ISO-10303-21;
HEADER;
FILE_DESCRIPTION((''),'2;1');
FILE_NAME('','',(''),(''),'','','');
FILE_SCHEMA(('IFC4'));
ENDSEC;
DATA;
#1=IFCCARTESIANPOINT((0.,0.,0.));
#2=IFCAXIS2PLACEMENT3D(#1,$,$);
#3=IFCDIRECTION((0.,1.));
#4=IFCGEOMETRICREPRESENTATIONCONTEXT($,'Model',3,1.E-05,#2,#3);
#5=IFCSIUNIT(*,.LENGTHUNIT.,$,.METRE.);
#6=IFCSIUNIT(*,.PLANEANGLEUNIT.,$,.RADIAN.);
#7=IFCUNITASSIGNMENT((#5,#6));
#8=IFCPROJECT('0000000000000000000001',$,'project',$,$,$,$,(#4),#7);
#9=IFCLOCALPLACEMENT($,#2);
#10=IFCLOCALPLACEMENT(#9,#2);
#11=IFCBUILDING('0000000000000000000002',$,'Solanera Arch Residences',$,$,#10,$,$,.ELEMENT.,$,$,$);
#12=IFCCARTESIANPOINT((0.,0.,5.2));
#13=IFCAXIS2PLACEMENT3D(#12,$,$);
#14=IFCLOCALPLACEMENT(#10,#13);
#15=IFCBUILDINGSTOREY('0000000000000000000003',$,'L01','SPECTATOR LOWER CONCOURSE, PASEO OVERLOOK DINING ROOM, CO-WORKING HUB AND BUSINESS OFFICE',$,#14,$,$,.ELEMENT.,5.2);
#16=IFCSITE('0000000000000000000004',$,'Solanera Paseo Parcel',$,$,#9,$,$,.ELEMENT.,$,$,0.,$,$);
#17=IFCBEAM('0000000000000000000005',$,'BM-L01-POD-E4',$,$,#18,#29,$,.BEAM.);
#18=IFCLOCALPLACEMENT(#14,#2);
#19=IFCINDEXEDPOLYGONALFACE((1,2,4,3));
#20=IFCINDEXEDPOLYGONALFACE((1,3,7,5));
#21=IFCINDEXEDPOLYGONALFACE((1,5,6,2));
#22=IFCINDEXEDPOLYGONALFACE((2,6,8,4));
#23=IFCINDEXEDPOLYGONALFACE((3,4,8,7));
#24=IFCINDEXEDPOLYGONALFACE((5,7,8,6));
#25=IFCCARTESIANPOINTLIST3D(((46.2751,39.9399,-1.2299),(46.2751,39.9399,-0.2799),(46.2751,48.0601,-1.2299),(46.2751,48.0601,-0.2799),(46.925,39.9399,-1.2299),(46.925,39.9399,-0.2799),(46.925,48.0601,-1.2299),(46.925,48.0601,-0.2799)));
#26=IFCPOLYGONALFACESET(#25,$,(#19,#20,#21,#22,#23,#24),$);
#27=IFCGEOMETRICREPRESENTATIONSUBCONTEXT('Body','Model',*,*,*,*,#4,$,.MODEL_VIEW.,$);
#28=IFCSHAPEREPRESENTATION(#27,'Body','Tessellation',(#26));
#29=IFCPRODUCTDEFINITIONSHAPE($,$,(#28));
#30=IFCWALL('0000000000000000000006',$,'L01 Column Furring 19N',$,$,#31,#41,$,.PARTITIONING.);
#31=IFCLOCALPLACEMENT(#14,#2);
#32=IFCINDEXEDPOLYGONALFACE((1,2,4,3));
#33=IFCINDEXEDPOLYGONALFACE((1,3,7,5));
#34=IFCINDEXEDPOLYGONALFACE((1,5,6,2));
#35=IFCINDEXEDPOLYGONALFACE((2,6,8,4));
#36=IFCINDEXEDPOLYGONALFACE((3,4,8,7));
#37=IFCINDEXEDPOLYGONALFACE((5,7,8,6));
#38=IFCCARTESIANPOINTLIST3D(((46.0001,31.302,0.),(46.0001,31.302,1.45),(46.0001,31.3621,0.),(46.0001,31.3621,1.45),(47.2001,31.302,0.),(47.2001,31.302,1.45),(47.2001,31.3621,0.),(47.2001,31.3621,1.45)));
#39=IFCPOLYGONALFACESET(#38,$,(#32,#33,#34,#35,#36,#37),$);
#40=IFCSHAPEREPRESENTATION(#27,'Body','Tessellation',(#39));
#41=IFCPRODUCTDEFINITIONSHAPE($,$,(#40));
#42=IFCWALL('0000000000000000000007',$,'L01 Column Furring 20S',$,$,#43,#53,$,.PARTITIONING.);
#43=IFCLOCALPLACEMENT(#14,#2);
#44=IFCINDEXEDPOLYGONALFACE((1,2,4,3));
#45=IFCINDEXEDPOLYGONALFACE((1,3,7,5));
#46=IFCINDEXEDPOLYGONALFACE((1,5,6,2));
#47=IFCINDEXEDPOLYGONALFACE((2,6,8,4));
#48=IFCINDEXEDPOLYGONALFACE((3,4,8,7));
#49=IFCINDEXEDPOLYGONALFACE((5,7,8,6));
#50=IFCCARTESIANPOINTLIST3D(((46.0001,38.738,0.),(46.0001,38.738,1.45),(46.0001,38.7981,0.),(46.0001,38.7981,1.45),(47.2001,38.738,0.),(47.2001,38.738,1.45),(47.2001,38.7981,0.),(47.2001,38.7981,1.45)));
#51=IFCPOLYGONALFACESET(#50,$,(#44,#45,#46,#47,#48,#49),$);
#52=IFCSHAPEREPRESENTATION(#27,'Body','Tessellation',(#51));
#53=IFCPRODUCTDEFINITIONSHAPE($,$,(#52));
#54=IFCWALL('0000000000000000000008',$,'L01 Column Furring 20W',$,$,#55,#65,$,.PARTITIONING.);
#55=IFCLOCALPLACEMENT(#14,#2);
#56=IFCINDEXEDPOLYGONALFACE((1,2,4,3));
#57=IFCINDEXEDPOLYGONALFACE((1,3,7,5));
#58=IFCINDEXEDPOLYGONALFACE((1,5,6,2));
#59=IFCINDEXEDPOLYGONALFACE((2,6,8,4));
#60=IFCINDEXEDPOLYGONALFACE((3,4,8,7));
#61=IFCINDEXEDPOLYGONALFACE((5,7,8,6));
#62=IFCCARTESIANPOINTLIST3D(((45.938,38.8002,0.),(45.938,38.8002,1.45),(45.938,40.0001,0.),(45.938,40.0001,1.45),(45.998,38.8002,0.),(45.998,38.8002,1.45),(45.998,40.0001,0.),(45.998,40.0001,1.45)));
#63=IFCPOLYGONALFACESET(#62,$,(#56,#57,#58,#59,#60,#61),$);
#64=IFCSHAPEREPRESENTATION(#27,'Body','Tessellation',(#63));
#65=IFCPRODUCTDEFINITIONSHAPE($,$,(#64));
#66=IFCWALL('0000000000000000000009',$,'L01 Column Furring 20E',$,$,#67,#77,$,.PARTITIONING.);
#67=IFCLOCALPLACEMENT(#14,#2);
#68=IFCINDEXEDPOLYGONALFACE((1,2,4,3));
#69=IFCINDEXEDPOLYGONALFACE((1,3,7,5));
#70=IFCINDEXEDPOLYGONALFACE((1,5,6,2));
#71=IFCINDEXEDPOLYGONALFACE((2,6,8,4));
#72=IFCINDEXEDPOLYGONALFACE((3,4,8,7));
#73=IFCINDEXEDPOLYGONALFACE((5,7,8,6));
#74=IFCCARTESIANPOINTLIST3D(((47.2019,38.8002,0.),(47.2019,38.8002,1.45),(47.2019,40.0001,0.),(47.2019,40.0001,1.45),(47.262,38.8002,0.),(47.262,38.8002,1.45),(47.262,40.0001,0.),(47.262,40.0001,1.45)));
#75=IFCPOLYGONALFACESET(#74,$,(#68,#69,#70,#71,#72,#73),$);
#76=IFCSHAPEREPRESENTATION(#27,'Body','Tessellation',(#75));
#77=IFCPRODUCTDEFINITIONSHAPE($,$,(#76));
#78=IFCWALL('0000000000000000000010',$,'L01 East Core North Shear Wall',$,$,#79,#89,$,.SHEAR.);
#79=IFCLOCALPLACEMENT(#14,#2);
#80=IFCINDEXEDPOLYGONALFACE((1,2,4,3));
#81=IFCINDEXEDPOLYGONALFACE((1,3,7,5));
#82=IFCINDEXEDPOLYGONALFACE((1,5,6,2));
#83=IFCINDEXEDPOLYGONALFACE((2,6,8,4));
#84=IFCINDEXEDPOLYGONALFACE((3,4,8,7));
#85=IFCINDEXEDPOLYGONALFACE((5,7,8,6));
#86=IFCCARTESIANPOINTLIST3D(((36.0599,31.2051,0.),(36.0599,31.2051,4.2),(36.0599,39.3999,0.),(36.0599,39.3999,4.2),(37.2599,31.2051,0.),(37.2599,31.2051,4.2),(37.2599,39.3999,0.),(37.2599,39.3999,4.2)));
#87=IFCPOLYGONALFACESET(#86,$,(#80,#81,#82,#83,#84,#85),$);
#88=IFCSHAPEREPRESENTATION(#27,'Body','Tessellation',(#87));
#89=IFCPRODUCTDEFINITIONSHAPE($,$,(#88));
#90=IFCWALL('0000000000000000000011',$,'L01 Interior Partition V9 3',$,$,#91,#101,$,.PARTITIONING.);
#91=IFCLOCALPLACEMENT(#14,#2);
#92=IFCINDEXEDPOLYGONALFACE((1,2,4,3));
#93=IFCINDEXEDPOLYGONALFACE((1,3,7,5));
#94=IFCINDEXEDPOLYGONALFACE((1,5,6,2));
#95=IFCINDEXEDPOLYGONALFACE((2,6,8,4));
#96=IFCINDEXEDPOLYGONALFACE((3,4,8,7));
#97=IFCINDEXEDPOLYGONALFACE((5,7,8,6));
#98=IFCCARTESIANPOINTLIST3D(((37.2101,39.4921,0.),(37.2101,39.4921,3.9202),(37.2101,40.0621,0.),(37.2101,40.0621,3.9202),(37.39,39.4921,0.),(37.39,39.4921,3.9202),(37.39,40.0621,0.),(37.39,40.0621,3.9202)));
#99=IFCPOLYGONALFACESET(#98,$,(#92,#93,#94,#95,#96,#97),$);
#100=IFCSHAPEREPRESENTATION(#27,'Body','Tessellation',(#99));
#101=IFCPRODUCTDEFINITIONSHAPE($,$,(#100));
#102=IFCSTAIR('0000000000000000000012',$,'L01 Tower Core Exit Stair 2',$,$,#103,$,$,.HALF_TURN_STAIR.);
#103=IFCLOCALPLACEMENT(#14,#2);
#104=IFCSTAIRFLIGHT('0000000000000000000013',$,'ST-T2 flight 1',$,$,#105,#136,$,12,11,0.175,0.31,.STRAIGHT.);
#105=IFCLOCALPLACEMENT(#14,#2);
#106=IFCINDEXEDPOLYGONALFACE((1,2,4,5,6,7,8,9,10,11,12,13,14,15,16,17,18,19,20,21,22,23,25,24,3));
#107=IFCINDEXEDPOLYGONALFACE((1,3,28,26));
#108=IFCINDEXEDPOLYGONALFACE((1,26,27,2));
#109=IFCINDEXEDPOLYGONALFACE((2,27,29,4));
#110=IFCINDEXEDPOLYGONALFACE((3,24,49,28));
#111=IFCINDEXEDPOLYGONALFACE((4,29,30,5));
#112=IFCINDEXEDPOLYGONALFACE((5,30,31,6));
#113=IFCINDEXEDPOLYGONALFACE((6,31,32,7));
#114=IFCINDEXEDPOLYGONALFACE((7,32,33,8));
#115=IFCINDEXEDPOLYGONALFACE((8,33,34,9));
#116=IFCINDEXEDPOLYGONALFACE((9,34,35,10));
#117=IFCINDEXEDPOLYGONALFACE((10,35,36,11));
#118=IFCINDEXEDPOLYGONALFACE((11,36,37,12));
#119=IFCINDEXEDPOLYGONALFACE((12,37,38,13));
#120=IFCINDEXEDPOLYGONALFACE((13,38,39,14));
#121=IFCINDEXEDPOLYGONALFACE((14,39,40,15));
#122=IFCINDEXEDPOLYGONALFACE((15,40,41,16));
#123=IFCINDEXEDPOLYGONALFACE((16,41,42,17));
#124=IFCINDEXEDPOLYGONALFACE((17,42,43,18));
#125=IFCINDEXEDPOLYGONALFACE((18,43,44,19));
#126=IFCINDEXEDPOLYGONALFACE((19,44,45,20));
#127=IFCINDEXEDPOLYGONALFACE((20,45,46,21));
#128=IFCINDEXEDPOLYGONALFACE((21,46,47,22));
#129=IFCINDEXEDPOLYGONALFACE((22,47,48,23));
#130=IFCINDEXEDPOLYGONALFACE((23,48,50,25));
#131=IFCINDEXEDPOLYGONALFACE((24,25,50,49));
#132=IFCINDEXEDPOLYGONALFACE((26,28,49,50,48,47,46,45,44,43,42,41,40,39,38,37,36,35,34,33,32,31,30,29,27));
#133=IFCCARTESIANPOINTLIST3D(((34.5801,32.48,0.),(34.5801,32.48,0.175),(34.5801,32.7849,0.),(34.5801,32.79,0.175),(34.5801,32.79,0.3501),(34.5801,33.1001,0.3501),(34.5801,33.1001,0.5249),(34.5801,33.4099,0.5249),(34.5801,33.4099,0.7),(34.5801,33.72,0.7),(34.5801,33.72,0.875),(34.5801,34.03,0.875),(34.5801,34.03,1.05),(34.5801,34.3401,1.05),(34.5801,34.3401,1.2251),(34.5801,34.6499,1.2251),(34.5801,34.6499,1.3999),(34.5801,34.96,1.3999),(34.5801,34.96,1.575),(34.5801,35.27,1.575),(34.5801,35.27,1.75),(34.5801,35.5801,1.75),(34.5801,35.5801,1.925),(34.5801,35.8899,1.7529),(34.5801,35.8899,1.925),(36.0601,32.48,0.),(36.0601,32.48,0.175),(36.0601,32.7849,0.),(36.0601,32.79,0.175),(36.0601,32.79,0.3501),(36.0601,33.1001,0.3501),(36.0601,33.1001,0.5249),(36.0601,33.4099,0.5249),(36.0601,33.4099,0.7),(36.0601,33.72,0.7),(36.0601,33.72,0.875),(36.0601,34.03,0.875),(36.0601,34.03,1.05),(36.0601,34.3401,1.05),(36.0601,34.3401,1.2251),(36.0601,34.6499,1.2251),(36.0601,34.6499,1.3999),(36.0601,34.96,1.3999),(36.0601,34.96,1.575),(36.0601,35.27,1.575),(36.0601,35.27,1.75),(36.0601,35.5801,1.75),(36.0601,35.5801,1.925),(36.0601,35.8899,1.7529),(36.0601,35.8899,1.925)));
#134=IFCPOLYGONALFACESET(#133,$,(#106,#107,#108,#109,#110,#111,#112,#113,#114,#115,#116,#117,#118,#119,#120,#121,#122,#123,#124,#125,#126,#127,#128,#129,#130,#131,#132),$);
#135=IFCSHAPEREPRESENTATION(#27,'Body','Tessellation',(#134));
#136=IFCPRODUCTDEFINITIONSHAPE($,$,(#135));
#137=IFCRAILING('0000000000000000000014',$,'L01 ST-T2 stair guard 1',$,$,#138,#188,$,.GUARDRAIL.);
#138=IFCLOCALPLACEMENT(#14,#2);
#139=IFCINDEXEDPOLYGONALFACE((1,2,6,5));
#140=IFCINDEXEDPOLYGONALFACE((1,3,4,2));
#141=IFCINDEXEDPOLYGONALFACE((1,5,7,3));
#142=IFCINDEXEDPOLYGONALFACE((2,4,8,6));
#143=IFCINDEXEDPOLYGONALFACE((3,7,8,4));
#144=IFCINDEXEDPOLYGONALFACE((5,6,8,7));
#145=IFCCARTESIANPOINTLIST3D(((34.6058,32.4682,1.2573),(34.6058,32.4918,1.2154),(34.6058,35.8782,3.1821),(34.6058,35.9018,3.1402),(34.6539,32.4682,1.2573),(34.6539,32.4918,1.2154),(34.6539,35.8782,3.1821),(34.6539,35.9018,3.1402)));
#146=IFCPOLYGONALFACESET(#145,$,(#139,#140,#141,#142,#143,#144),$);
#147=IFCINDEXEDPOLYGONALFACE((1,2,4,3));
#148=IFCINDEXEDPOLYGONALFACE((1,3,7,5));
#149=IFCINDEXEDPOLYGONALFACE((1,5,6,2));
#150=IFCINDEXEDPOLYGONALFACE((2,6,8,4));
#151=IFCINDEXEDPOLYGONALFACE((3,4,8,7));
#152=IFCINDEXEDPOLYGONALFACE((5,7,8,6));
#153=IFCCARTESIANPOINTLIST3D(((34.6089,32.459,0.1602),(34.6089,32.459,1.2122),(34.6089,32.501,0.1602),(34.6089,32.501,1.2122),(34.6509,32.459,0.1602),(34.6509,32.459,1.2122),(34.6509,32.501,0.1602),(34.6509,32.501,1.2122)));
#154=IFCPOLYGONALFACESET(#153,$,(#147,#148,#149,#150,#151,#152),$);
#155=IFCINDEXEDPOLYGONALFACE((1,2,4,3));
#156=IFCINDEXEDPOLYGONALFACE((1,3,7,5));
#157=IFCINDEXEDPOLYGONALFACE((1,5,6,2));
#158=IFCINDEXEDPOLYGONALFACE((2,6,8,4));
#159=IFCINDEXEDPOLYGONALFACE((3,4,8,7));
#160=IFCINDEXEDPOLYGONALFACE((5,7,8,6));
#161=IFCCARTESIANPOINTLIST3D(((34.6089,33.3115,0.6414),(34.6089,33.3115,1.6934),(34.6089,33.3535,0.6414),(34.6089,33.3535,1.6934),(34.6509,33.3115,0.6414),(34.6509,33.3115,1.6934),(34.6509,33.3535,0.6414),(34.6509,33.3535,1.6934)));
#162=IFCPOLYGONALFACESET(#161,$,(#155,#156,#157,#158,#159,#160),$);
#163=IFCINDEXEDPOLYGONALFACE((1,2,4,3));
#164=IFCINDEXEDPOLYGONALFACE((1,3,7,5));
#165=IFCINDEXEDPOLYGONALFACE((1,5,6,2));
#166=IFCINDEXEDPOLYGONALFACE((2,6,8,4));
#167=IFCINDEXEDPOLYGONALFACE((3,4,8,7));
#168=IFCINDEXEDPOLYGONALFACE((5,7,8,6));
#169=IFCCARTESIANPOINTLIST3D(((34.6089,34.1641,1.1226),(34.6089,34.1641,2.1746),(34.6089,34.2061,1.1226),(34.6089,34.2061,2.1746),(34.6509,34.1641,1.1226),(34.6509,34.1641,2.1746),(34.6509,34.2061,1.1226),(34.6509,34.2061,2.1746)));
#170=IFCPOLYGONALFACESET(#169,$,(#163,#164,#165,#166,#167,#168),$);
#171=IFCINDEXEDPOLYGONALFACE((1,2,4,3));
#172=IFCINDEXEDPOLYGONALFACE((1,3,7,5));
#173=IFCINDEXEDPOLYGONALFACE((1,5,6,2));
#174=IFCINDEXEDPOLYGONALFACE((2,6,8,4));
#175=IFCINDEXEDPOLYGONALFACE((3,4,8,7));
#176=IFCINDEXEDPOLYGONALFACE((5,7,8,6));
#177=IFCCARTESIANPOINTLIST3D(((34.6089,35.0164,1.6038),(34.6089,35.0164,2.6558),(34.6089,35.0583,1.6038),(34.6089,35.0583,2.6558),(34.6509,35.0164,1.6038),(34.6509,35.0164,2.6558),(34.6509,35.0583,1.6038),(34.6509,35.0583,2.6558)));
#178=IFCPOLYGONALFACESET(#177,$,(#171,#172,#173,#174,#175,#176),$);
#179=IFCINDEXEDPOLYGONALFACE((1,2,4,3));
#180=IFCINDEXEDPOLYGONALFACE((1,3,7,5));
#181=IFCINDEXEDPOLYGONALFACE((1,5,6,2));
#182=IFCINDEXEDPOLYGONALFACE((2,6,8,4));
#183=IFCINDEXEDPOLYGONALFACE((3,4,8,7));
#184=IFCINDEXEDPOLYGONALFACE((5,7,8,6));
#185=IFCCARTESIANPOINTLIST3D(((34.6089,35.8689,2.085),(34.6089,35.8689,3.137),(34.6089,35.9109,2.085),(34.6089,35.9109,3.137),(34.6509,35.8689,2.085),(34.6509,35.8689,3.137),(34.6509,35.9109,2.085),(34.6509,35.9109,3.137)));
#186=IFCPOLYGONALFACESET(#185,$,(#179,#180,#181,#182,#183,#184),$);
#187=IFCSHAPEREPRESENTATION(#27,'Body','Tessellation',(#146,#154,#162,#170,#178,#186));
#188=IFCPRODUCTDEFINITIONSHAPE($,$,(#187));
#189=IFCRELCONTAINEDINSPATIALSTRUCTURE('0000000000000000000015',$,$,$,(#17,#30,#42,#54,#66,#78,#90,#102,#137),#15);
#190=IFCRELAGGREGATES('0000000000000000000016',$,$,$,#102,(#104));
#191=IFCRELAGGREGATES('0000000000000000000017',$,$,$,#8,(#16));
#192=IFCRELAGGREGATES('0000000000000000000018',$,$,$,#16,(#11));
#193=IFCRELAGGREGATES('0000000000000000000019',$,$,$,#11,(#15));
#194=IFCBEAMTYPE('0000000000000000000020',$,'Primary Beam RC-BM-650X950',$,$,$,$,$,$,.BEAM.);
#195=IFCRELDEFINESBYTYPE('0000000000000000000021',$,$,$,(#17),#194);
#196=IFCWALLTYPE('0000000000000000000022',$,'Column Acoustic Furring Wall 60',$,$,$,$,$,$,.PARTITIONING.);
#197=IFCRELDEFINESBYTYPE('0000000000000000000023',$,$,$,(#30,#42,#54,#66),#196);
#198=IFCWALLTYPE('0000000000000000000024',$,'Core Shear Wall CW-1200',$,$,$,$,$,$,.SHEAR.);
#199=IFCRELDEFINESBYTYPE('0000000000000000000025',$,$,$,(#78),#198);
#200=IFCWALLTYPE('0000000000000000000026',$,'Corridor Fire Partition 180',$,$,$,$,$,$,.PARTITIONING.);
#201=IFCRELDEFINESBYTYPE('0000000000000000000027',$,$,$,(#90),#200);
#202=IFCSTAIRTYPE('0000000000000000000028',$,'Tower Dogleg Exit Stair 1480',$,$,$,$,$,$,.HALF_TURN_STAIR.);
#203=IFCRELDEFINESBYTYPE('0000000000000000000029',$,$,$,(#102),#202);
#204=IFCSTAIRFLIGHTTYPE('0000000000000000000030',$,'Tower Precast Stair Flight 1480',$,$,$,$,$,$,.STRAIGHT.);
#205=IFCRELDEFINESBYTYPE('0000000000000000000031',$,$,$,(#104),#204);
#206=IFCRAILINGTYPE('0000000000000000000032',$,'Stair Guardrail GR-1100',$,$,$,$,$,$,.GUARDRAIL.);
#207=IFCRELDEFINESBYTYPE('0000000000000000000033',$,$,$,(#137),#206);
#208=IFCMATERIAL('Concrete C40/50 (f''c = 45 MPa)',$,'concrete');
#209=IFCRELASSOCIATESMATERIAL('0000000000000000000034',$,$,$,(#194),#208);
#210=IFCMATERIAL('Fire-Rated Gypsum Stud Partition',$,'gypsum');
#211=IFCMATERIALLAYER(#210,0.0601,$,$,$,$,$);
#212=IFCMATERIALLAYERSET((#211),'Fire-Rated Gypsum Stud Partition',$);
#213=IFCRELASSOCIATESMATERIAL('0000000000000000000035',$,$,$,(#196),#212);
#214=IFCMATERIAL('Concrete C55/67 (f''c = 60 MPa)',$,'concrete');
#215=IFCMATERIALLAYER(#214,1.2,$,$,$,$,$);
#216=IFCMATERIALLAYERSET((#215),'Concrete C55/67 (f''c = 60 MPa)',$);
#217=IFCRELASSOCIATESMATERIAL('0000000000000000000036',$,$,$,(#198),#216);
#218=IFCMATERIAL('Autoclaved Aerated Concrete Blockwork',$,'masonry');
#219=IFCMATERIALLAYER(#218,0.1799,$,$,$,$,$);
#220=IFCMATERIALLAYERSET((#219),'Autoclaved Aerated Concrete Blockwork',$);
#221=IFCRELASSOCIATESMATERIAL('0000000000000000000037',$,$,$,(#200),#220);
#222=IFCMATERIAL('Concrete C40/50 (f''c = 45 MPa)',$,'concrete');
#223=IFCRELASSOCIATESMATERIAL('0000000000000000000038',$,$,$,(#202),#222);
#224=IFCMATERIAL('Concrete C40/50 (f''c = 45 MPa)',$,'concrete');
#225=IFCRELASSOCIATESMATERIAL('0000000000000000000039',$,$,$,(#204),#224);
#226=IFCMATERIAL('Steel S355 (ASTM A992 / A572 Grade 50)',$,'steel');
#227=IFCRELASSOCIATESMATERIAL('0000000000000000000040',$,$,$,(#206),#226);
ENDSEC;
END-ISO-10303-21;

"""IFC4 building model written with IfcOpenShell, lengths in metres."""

from ifc_helpers import new_model, si_unit, direction, frame, frame_2d, origin, origin_2d, place, context, subcontext, project, spatial, polyline, rectangle, outline, extrude, material, layer, layer_set, material_profile, profile_set, type_object, element, aggregate, save


model = new_model("IFC4")

# Units and contexts
model_context = context("Model", 3, precision=1e-05, world=origin(), true_north=direction((0.0, 1.0)))
body_context = subcontext(model_context, "Body", "Model", "MODEL_VIEW")
ifc_project = project(units=[si_unit("LENGTHUNIT", "METRE"), si_unit("PLANEANGLEUNIT", "RADIAN")], contexts=[model_context])

# Site, building, storey
site_placement = place(None, origin())
site = spatial("IfcSite", under=ifc_project, at=site_placement, Name="Solanera Paseo Parcel", CompositionType="ELEMENT", RefElevation=0.0)
building_placement = place(site_placement, origin())
building = spatial("IfcBuilding", under=site, at=building_placement, Name="Solanera Arch Residences", CompositionType="ELEMENT")
storey_placement = place(building_placement, frame((0.0, 0.0, 5.2)))
storey = spatial("IfcBuildingStorey", under=building, at=storey_placement, Name="L01", Description="SPECTATOR LOWER CONCOURSE, PASEO OVERLOOK DINING ROOM, CO-WORKING HUB AND BUSINESS OFFICE", CompositionType="ELEMENT", Elevation=5.2)

# Beam
ifc_material_1 = material(Name="Concrete C40/50 (f'c = 45 MPa)", Category="concrete")
ifc_material_profile_1 = material_profile(ifc_material_1, rectangle(XDim=0.6499, YDim=0.95, at=origin_2d()))
ifc_profile_set_1 = profile_set([ifc_material_profile_1], Name="Concrete C40/50 (f'c = 45 MPa)")
beam_type_1 = type_object("IfcBeamType", Name="Primary Beam RC-BM-650X950", PredefinedType="BEAM", material=ifc_profile_set_1)
beam_1_placement = place(storey_placement, frame((46.6001, 39.9399, -0.7549), z_axis=(0.0, 1.0, 0.0), x_axis=(-1.0, 0.0, 0.0)))
element("IfcBeam", 1, at=beam_1_placement, inside=storey, type_object=beam_type_1, Name="BM-L01-POD-E4", PredefinedType="BEAM", context=body_context, shape_type="SweptSolid", body=[
    extrude(rectangle(XDim=0.6499, YDim=0.95, at=origin_2d()), origin(), (0.0, 0.0, 1.0), 8.1201),
])

# Walls
ifc_material_2 = material(Name="Fire-Rated Gypsum Stud Partition", Category="gypsum")
ifc_layer_1 = layer(ifc_material_2, 0.0601)
ifc_layer_set_1 = layer_set([ifc_layer_1], Name="Fire-Rated Gypsum Stud Partition")
wall_type_1 = type_object("IfcWallType", Name="Column Acoustic Furring Wall 60", PredefinedType="PARTITIONING", material=ifc_layer_set_1)
for number, where, z_axis, x_axis, name in (
    (2, (46.0, 31.332, 0.0), (0.0, 0.0, 1.0), (1.0, 0.0, 0.0), "L01 Column Furring 19N"),
    (3, (46.0, 38.7681, 0.0), (0.0, 0.0, 1.0), (1.0, 0.0, 0.0), "L01 Column Furring 20S"),
    (4, (45.968, 38.8, 0.0), (0.0, 0.0, 1.0), (0.0, 1.0, 0.0), "L01 Column Furring 20W"),
    (5, (47.2319, 38.8, 0.0), (0.0, 0.0, 1.0), (0.0, 1.0, 0.0), "L01 Column Furring 20E"),
):
    element("IfcWall", number, at=place(storey_placement, frame(where, z_axis=z_axis, x_axis=x_axis)), inside=storey, type_object=wall_type_1, Name=name, PredefinedType="PARTITIONING", context=body_context, shape_type="SweptSolid", body=[
        extrude(rectangle(XDim=1.2, YDim=0.0601, at=frame_2d((0.6001, 0.0))), origin(), (0.0, 0.0, 1.0), 1.45),
    ])
ifc_material_3 = material(Name="Concrete C55/67 (f'c = 60 MPa)", Category="concrete")
ifc_layer_2 = layer(ifc_material_3, 1.2)
ifc_layer_set_2 = layer_set([ifc_layer_2], Name="Concrete C55/67 (f'c = 60 MPa)")
wall_type_2 = type_object("IfcWallType", Name="Core Shear Wall CW-1200", PredefinedType="SHEAR", material=ifc_layer_set_2)
wall_1_placement = place(storey_placement, frame((36.6599, 31.2051, 0.0), z_axis=(0.0, 0.0, 1.0), x_axis=(0.0, 1.0, 0.0)))
element("IfcWall", 6, at=wall_1_placement, inside=storey, type_object=wall_type_2, Name="L01 East Core North Shear Wall", PredefinedType="SHEAR", context=body_context, shape_type="SweptSolid", body=[
    extrude(rectangle(XDim=8.1948, YDim=1.2, at=frame_2d((4.0974, 0.0))), origin(), (0.0, 0.0, 1.0), 4.2),
])
ifc_material_4 = material(Name="Autoclaved Aerated Concrete Blockwork", Category="masonry")
ifc_layer_3 = layer(ifc_material_4, 0.1799)
ifc_layer_set_3 = layer_set([ifc_layer_3], Name="Autoclaved Aerated Concrete Blockwork")
wall_type_3 = type_object("IfcWallType", Name="Corridor Fire Partition 180", PredefinedType="PARTITIONING", material=ifc_layer_set_3)
wall_2_placement = place(storey_placement, frame((37.3, 39.4919, 0.0), z_axis=(0.0, 0.0, 1.0), x_axis=(0.0, 1.0, 0.0)))
element("IfcWall", 7, at=wall_2_placement, inside=storey, type_object=wall_type_3, Name="L01 Interior Partition V9 3", PredefinedType="PARTITIONING", context=body_context, shape_type="SweptSolid", body=[
    extrude(rectangle(XDim=0.5701, YDim=0.1799, at=frame_2d((0.2852, 0.0))), origin(), (0.0, 0.0, 1.0), 3.9202),
])

# Stair, stair flight
ifc_material_5 = material(Name="Concrete C40/50 (f'c = 45 MPa)", Category="concrete")
stair_type = type_object("IfcStairType", Name="Tower Dogleg Exit Stair 1480", PredefinedType="HALF_TURN_STAIR", material=ifc_material_5)
stair_placement = place(storey_placement, origin())
stair = element("IfcStair", 8, at=stair_placement, inside=storey, type_object=stair_type, Name="L01 Tower Core Exit Stair 2", PredefinedType="HALF_TURN_STAIR")
ifc_material_6 = material(Name="Concrete C40/50 (f'c = 45 MPa)", Category="concrete")
stair_flight_type = type_object("IfcStairFlightType", Name="Tower Precast Stair Flight 1480", PredefinedType="STRAIGHT", material=ifc_material_6)
stair_flight_placement = place(storey_placement, frame((35.3201, 32.48, 0.0), z_axis=(0.0, 0.0, 1.0), x_axis=(0.0, 1.0, 0.0)))
stair_flight = element("IfcStairFlight", 9, at=stair_flight_placement, type_object=stair_flight_type, Name="ST-T2 flight 1", NumberOfRisers=12, NumberOfTreads=11, PredefinedType="STRAIGHT", RiserHeight=0.175, TreadLength=0.31, context=body_context, shape_type="SweptSolid", body=[
    extrude(outline(polyline([(0.0, 0.0), (0.0, 0.175), (0.3101, 0.175), (0.3101, 0.3501), (0.6201, 0.3501), (0.6201, 0.5249), (0.9299, 0.5249), (0.9299, 0.7), (1.24, 0.7), (1.24, 0.875), (1.55, 0.875), (1.55, 1.05), (1.8601, 1.05), (1.8601, 1.2251), (2.1699, 1.2251), (2.1699, 1.3999), (2.48, 1.3999), (2.48, 1.575), (2.79, 1.575), (2.79, 1.75), (3.1001, 1.75), (3.1001, 1.925), (3.4099, 1.925), (3.4099, 2.1001), (3.4099, 1.7529), (0.3049, 0.0), (0.0, 0.0)])), frame((0.0, 0.74, 0.0), z_axis=(0.0, -1.0, 0.0), x_axis=(1.0, 0.0, 0.0)), (0.0, 0.0, 1.0), 1.48),
])
aggregate(stair, [stair_flight])

# Railing
ifc_material_7 = material(Name="Steel S355 (ASTM A992 / A572 Grade 50)", Category="steel")
railing_type_1 = type_object("IfcRailingType", Name="Stair Guardrail GR-1100", PredefinedType="GUARDRAIL", material=ifc_material_7)
railing_1_placement = place(storey_placement, frame((34.6299, 32.48, 0.1602)))
element("IfcRailing", 10, at=railing_1_placement, inside=storey, type_object=railing_type_1, Name="L01 ST-T2 stair guard 1", PredefinedType="GUARDRAIL", context=body_context, shape_type="SweptSolid", body=[
    extrude(rectangle(XDim=0.0481, YDim=0.0481, at=origin_2d()), frame((0.0, 0.0, 1.0762), z_axis=(0.0, 0.87084, 0.491566), x_axis=(-1.0, 0.0, 0.0)), (0.0, 0.0, 1.0), 3.9158),
    extrude(rectangle(XDim=0.042, YDim=0.042, at=origin_2d()), origin(), (0.0, 0.0, 1.0), 1.052),
    extrude(rectangle(XDim=0.042, YDim=0.042, at=origin_2d()), frame((0.0, 0.8525, 0.4812)), (0.0, 0.0, 1.0), 1.052),
    extrude(rectangle(XDim=0.042, YDim=0.042, at=origin_2d()), frame((0.0, 1.7051, 0.9624)), (0.0, 0.0, 1.0), 1.052),
    extrude(rectangle(XDim=0.042, YDim=0.042, at=origin_2d()), frame((0.0, 2.5574, 1.4436)), (0.0, 0.0, 1.0), 1.052),
    extrude(rectangle(XDim=0.042, YDim=0.042, at=origin_2d()), frame((0.0, 3.4099, 1.9248)), (0.0, 0.0, 1.0), 1.052),
])

save(model, "model.ifc")
